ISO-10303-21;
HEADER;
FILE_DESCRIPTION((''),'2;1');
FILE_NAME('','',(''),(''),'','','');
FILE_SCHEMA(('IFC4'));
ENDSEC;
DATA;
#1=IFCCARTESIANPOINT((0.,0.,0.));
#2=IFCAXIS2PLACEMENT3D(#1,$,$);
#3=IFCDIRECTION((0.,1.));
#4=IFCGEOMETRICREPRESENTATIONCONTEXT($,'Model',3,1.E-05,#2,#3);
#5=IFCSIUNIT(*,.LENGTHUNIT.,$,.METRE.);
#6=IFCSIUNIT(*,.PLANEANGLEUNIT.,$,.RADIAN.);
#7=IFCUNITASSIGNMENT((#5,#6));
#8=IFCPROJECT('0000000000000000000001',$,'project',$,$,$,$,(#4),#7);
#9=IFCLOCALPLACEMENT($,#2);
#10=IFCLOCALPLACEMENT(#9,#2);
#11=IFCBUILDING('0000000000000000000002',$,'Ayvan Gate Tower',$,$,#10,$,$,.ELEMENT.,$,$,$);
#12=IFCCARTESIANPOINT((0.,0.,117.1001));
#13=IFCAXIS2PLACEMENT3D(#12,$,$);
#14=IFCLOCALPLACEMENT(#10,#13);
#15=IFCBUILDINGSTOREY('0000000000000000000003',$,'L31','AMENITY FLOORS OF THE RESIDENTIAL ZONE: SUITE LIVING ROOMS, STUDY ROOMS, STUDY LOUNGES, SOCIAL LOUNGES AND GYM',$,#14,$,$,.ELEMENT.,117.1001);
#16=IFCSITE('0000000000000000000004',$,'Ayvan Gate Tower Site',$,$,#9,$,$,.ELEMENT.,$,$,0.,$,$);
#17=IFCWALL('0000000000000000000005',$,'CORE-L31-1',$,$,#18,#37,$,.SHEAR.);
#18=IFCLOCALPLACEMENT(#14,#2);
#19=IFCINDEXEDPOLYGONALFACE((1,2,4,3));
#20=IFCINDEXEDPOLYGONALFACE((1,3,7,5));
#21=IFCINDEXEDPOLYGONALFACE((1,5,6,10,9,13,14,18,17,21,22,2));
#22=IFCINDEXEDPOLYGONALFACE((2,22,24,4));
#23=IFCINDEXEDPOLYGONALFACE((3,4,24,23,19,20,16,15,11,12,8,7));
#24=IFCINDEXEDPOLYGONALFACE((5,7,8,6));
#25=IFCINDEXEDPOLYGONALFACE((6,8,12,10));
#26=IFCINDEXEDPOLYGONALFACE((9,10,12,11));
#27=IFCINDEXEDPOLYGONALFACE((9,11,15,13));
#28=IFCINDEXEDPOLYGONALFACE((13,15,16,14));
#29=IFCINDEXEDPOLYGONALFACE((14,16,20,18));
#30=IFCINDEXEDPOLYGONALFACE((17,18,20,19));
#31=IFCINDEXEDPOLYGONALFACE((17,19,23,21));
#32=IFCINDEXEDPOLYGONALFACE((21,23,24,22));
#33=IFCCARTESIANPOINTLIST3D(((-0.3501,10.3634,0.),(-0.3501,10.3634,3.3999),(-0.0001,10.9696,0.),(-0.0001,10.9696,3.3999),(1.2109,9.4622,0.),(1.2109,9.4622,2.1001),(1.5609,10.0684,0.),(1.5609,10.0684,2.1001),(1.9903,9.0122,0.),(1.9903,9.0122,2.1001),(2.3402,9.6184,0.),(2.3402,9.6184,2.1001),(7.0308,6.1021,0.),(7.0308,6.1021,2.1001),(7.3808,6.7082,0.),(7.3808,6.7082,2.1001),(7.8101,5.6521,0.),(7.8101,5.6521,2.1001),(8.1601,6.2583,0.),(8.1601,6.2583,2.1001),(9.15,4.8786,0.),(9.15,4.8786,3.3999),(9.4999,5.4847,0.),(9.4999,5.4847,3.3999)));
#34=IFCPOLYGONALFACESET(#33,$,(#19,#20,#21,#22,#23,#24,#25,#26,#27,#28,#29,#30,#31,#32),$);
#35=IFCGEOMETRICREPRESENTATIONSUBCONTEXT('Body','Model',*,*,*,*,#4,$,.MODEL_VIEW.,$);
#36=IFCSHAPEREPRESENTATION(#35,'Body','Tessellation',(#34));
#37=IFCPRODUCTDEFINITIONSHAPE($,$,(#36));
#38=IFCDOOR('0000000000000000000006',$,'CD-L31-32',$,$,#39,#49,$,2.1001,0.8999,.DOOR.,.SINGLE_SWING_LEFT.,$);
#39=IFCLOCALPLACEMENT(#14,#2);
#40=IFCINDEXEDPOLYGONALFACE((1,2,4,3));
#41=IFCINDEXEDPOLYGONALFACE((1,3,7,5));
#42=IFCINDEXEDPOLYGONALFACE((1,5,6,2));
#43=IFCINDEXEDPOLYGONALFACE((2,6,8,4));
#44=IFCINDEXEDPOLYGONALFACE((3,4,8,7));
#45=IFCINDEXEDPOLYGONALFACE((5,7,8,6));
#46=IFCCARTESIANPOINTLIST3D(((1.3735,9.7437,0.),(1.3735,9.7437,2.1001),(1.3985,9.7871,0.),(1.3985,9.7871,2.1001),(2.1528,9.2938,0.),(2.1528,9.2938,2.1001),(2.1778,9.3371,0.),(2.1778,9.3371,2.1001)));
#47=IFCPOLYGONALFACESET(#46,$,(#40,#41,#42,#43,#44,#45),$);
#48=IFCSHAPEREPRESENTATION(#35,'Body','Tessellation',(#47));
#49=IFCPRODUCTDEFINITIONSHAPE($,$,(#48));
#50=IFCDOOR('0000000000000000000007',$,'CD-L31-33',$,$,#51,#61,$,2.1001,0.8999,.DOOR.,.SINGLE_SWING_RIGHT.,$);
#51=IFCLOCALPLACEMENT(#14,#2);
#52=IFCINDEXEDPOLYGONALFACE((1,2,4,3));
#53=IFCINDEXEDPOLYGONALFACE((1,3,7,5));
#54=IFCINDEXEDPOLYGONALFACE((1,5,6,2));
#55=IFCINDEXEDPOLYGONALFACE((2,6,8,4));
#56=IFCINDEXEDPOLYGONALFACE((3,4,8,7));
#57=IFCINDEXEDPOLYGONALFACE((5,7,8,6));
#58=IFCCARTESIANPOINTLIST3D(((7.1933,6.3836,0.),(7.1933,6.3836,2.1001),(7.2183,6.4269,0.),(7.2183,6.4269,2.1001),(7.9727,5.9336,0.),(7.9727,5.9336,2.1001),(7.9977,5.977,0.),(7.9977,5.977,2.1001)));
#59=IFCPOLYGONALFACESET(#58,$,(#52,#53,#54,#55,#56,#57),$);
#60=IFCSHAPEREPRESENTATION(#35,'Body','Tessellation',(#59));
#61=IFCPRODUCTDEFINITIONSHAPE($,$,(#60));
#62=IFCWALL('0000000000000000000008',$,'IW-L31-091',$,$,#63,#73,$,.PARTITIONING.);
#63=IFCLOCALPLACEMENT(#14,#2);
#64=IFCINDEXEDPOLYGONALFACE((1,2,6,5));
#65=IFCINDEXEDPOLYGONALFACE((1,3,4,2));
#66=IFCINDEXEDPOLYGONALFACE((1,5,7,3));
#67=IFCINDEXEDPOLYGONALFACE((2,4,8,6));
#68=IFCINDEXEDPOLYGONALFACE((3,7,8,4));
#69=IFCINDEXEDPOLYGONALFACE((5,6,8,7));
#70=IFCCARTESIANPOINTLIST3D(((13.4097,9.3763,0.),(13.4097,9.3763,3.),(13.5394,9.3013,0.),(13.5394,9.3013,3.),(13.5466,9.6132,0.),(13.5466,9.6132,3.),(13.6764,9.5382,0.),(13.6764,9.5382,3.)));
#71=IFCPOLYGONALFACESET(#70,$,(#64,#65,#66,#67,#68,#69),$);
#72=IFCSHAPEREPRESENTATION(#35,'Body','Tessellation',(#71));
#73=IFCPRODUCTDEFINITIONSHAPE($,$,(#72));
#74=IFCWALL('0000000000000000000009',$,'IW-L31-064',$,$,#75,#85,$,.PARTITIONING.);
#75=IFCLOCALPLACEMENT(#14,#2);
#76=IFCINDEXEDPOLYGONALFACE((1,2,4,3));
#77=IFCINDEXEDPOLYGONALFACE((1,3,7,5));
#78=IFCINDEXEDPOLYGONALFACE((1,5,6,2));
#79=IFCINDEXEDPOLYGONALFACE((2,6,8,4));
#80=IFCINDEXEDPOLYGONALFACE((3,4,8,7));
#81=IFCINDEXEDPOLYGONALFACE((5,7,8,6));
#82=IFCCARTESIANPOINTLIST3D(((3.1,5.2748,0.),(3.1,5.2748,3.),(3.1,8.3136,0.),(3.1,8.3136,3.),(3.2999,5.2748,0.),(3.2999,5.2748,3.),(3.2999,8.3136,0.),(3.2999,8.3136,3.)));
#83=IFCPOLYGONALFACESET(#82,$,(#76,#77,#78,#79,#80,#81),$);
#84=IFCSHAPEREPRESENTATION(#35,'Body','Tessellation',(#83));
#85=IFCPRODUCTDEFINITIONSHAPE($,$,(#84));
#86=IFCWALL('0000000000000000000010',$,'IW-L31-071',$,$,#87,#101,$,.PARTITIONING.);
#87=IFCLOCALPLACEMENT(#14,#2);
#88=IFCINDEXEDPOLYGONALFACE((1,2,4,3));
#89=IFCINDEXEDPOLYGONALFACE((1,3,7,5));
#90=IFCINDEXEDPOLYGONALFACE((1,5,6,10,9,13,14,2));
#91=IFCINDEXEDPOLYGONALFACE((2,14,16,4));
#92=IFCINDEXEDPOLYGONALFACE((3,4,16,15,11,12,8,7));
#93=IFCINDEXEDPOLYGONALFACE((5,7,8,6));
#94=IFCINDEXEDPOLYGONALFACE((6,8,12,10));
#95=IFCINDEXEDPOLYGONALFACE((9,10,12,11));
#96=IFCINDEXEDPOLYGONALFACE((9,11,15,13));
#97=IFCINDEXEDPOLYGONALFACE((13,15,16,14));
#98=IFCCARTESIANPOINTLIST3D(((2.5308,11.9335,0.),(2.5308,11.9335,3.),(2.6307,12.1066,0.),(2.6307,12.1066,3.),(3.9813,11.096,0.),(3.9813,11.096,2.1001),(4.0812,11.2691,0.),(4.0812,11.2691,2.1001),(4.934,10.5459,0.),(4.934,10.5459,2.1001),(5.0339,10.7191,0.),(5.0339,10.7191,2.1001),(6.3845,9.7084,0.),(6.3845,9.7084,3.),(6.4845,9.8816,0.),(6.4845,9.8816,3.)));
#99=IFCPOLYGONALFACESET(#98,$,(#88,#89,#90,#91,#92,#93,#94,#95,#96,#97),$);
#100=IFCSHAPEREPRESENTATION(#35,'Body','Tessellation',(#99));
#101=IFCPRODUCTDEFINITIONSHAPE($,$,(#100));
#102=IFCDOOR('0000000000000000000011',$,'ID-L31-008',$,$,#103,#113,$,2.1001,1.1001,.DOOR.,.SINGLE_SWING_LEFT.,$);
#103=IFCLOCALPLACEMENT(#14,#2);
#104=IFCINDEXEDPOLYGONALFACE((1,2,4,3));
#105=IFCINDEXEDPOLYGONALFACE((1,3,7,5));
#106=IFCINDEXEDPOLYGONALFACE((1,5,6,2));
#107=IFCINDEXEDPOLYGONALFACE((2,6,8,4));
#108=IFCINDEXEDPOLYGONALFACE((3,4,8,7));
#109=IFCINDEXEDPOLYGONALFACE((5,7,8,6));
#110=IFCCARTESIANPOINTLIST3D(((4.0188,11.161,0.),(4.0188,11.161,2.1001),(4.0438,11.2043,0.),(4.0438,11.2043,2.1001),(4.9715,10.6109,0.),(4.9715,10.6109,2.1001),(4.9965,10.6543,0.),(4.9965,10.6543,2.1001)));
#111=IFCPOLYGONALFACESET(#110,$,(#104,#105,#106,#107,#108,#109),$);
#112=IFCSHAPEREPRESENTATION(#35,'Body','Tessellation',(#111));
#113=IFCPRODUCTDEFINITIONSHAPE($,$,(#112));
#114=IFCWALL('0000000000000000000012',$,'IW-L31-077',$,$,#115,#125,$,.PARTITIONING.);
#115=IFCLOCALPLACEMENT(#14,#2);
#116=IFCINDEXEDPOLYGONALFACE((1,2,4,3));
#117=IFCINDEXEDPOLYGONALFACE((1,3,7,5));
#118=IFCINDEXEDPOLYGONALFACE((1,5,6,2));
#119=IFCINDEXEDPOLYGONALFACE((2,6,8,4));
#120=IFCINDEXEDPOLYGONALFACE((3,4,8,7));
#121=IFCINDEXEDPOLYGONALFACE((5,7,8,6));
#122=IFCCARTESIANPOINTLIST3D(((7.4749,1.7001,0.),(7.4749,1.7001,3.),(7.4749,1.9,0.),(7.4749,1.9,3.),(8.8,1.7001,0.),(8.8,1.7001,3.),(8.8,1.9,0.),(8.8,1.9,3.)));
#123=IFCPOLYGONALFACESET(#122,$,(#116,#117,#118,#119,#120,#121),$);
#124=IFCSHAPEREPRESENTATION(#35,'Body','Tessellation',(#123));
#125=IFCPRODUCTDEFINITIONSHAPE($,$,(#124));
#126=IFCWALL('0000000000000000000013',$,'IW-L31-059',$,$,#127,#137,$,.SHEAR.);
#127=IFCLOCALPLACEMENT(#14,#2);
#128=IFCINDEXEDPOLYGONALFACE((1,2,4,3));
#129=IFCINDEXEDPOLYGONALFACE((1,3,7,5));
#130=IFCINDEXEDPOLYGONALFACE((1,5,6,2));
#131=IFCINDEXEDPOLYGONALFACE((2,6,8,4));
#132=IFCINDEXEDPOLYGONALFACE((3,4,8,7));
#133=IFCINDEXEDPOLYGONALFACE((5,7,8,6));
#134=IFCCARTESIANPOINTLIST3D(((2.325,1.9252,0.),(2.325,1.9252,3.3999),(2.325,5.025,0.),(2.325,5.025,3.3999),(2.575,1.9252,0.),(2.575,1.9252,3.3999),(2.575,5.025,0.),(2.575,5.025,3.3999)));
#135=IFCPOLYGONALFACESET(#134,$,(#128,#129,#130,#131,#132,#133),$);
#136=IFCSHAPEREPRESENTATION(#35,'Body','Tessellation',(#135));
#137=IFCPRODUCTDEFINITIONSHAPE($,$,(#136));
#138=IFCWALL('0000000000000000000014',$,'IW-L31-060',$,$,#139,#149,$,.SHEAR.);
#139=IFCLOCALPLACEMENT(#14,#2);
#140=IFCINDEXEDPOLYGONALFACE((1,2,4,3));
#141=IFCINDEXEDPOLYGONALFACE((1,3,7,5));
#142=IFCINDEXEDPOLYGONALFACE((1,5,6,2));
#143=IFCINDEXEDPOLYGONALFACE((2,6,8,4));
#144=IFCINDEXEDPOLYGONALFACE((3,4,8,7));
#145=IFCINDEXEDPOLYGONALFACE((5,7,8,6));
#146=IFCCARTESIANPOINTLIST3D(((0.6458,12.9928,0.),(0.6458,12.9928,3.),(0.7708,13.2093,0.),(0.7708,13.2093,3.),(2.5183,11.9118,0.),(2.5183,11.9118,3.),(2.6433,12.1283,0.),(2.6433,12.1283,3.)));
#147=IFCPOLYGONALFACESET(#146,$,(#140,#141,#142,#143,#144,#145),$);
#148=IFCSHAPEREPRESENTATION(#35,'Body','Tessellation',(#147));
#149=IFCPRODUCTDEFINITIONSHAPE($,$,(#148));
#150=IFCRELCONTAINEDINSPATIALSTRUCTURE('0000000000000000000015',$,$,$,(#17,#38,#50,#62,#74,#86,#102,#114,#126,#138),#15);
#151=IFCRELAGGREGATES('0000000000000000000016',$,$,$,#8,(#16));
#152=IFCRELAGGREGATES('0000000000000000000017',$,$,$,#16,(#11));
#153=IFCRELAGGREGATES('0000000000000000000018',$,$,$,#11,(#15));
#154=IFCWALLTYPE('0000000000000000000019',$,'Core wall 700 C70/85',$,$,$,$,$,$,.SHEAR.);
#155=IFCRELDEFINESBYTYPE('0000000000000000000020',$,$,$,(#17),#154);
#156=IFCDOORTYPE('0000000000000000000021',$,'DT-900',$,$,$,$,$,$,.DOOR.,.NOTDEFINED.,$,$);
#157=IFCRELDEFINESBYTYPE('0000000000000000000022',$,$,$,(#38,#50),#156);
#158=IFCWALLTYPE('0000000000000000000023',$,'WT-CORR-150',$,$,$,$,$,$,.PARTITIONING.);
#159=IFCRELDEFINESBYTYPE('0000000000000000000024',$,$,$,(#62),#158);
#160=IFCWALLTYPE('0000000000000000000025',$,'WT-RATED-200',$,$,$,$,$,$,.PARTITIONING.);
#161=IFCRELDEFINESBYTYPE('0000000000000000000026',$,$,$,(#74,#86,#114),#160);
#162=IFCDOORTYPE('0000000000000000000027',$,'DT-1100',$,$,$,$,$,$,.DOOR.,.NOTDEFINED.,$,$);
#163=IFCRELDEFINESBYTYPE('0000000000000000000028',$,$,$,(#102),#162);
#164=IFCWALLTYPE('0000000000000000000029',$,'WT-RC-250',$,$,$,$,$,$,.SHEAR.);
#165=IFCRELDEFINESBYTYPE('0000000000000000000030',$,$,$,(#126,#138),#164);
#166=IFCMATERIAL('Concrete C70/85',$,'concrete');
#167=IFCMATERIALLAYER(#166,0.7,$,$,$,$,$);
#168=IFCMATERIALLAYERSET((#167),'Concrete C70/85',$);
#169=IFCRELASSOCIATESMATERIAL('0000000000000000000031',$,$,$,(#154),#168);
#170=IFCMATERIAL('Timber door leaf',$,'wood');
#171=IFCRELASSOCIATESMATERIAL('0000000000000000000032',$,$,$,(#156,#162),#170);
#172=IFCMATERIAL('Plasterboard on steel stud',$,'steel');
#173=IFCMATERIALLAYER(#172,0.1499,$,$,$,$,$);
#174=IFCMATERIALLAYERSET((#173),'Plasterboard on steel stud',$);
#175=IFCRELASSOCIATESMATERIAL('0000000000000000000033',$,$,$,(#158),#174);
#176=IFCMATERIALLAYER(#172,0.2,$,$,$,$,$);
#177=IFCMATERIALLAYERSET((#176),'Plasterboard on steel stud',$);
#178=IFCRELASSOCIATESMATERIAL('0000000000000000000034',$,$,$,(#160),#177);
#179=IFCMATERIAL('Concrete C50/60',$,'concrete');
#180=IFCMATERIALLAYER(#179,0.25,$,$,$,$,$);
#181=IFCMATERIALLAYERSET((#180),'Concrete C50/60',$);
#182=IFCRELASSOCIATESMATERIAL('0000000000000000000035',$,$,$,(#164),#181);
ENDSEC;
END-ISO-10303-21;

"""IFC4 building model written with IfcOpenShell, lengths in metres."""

from ifc_helpers import new_model, si_unit, direction, frame, frame_2d, origin, place, context, subcontext, project, spatial, rectangle, extrude, material, layer, layer_set, type_object, element, fill, save


model = new_model("IFC4")

# Units and contexts
model_context = context("Model", 3, precision=1e-05, world=origin(), true_north=direction((0.0, 1.0)))
body_context = subcontext(model_context, "Body", "Model", "MODEL_VIEW")
ifc_project = project(units=[si_unit("LENGTHUNIT", "METRE"), si_unit("PLANEANGLEUNIT", "RADIAN")], contexts=[model_context])

# Site, building, storey
site_placement = place(None, origin())
site = spatial("IfcSite", under=ifc_project, at=site_placement, Name="Ayvan Gate Tower Site", CompositionType="ELEMENT", RefElevation=0.0)
building_placement = place(site_placement, origin())
building = spatial("IfcBuilding", under=site, at=building_placement, Name="Ayvan Gate Tower", CompositionType="ELEMENT")
storey_placement = place(building_placement, frame((0.0, 0.0, 117.1001)))
storey = spatial("IfcBuildingStorey", under=building, at=storey_placement, Name="L31", Description="AMENITY FLOORS OF THE RESIDENTIAL ZONE: SUITE LIVING ROOMS, STUDY ROOMS, STUDY LOUNGES, SOCIAL LOUNGES AND GYM", CompositionType="ELEMENT", Elevation=117.1001)

# Wall, openings, doors
ifc_material_1 = material(Name="Concrete C70/85", Category="concrete")
ifc_layer_1 = layer(ifc_material_1, 0.7)
ifc_layer_set_1 = layer_set([ifc_layer_1], Name="Concrete C70/85")
wall_type_1 = type_object("IfcWallType", Name="Core wall 700 C70/85", PredefinedType="SHEAR", material=ifc_layer_set_1)
wall_1_placement = place(storey_placement, frame((9.325, 5.1816, 0.0), z_axis=(0.0, 0.0, 1.0), x_axis=(-0.866024, 0.500002, 0.0)))
wall_1 = element("IfcWall", 1, at=wall_1_placement, inside=storey, type_object=wall_type_1, Name="CORE-L31-1", PredefinedType="SHEAR", context=body_context, shape_type="SweptSolid", body=[
    extrude(rectangle(XDim=10.9697, YDim=0.7, at=frame_2d((5.4849, 0.0))), origin(), (0.0, 0.0, 1.0), 3.3999),
])
opening_1_placement = place(wall_1_placement, frame((8.2673, 0.0, 0.0)))
opening_1 = element("IfcOpeningElement", 2, at=opening_1_placement, cuts=wall_1, PredefinedType="OPENING", context=body_context, shape_type="SweptSolid", body=[
    extrude(rectangle(XDim=0.8999, YDim=2.1001, at=frame_2d((0.45, 1.05))), frame((0.0, 0.3599, 0.0), z_axis=(0.0, -1.0, 0.0), x_axis=(1.0, 0.0, 0.0)), (0.0, 0.0, 1.0), 0.72),
])
opening_2_placement = place(wall_1_placement, frame((1.5471, 0.0, 0.0)))
opening_2 = element("IfcOpeningElement", 3, at=opening_2_placement, cuts=wall_1, PredefinedType="OPENING", context=body_context, shape_type="SweptSolid", body=[
    extrude(rectangle(XDim=0.8999, YDim=2.1001, at=frame_2d((0.45, 1.05))), frame((0.0, 0.3599, 0.0), z_axis=(0.0, -1.0, 0.0), x_axis=(1.0, 0.0, 0.0)), (0.0, 0.0, 1.0), 0.72),
])
ifc_material_2 = material(Name="Timber door leaf", Category="wood")
door_type_1 = type_object("IfcDoorType", Name="DT-900", OperationType="NOTDEFINED", PredefinedType="DOOR", material=ifc_material_2)
door_1_placement = place(opening_1_placement, origin())
door_1 = element("IfcDoor", 4, at=door_1_placement, inside=storey, type_object=door_type_1, Name="CD-L31-32", OperationType="SINGLE_SWING_LEFT", OverallHeight=2.1001, OverallWidth=0.8999, PredefinedType="DOOR", context=body_context, shape_type="SweptSolid", body=[
    extrude(rectangle(XDim=0.8999, YDim=2.1001, at=frame_2d((0.45, 1.05))), frame((0.0, 0.0249, 0.0), z_axis=(0.0, -1.0, 0.0), x_axis=(1.0, 0.0, 0.0)), (0.0, 0.0, 1.0), 0.05),
])
fill(opening_1, door_1)
door_2_placement = place(opening_2_placement, origin())
door_2 = element("IfcDoor", 5, at=door_2_placement, inside=storey, type_object=door_type_1, Name="CD-L31-33", OperationType="SINGLE_SWING_RIGHT", OverallHeight=2.1001, OverallWidth=0.8999, PredefinedType="DOOR", context=body_context, shape_type="SweptSolid", body=[
    extrude(rectangle(XDim=0.8999, YDim=2.1001, at=frame_2d((0.45, 1.05))), frame((0.0, 0.0249, 0.0), z_axis=(0.0, -1.0, 0.0), x_axis=(1.0, 0.0, 0.0)), (0.0, 0.0, 1.0), 0.05),
])
fill(opening_2, door_2)

# Walls
ifc_material_3 = material(Name="Plasterboard on steel stud", Category="steel")
ifc_layer_2 = layer(ifc_material_3, 0.1499)
ifc_layer_set_2 = layer_set([ifc_layer_2], Name="Plasterboard on steel stud")
wall_type_2 = type_object("IfcWallType", Name="WT-CORR-150", PredefinedType="PARTITIONING", material=ifc_layer_set_2)
wall_2_placement = place(storey_placement, frame((13.4746, 9.3389, 0.0), z_axis=(0.0, 0.0, 1.0), x_axis=(0.500263, 0.865874, 0.0)))
element("IfcWall", 6, at=wall_2_placement, inside=storey, type_object=wall_type_2, Name="IW-L31-091", PredefinedType="PARTITIONING", context=body_context, shape_type="SweptSolid", body=[
    extrude(rectangle(XDim=0.2737, YDim=0.1499, at=frame_2d((0.1367, 0.0))), origin(), (0.0, 0.0, 1.0), 3.0),
])
ifc_layer_3 = layer(ifc_material_3, 0.2)
ifc_layer_set_3 = layer_set([ifc_layer_3], Name="Plasterboard on steel stud")
wall_type_3 = type_object("IfcWallType", Name="WT-RATED-200", PredefinedType="PARTITIONING", material=ifc_layer_set_3)
wall_3_placement = place(storey_placement, frame((3.2, 8.3137, 0.0), z_axis=(0.0, 0.0, 1.0), x_axis=(0.0, -1.0, 0.0)))
element("IfcWall", 7, at=wall_3_placement, inside=storey, type_object=wall_type_3, Name="IW-L31-064", PredefinedType="PARTITIONING", context=body_context, shape_type="SweptSolid", body=[
    extrude(rectangle(XDim=3.0388, YDim=0.2, at=frame_2d((1.5195, 0.0))), origin(), (0.0, 0.0, 1.0), 3.0),
])

# Wall, opening, door
wall_4_placement = place(storey_placement, frame((6.4346, 9.7949, 0.0), z_axis=(0.0, 0.0, 1.0), x_axis=(-0.866013, 0.500022, 0.0)))
wall_4 = element("IfcWall", 8, at=wall_4_placement, inside=storey, type_object=wall_type_3, Name="IW-L31-071", PredefinedType="PARTITIONING", context=body_context, shape_type="SweptSolid", body=[
    extrude(rectangle(XDim=4.45, YDim=0.2, at=frame_2d((2.2251, 0.0))), origin(), (0.0, 0.0, 1.0), 3.0),
])
opening_3_placement = place(wall_4_placement, frame((1.675, 0.0, 0.0)))
opening_3 = element("IfcOpeningElement", 9, at=opening_3_placement, cuts=wall_4, PredefinedType="OPENING", context=body_context, shape_type="SweptSolid", body=[
    extrude(rectangle(XDim=1.1001, YDim=2.1001, at=frame_2d((0.55, 1.05))), frame((0.0, 0.1099, 0.0), z_axis=(0.0, -1.0, 0.0), x_axis=(1.0, 0.0, 0.0)), (0.0, 0.0, 1.0), 0.22),
])
door_type_2 = type_object("IfcDoorType", Name="DT-1100", OperationType="NOTDEFINED", PredefinedType="DOOR", material=ifc_material_2)
door_3_placement = place(opening_3_placement, origin())
door_3 = element("IfcDoor", 10, at=door_3_placement, inside=storey, type_object=door_type_2, Name="ID-L31-008", OperationType="SINGLE_SWING_LEFT", OverallHeight=2.1001, OverallWidth=1.1001, PredefinedType="DOOR", context=body_context, shape_type="SweptSolid", body=[
    extrude(rectangle(XDim=1.1001, YDim=2.1001, at=frame_2d((0.55, 1.05))), frame((0.0, 0.0249, 0.0), z_axis=(0.0, -1.0, 0.0), x_axis=(1.0, 0.0, 0.0)), (0.0, 0.0, 1.0), 0.05),
])
fill(opening_3, door_3)

# Walls
wall_5_placement = place(storey_placement, frame((7.4749, 1.8, 0.0), z_axis=(0.0, 0.0, 1.0), x_axis=(1.0, 0.0, 0.0)))
element("IfcWall", 11, at=wall_5_placement, inside=storey, type_object=wall_type_3, Name="IW-L31-077", PredefinedType="PARTITIONING", context=body_context, shape_type="SweptSolid", body=[
    extrude(rectangle(XDim=1.3252, YDim=0.2, at=frame_2d((0.6626, 0.0))), origin(), (0.0, 0.0, 1.0), 3.0),
])
ifc_material_4 = material(Name="Concrete C50/60", Category="concrete")
ifc_layer_4 = layer(ifc_material_4, 0.25)
ifc_layer_set_4 = layer_set([ifc_layer_4], Name="Concrete C50/60")
wall_type_4 = type_object("IfcWallType", Name="WT-RC-250", PredefinedType="SHEAR", material=ifc_layer_set_4)
wall_6_placement = place(storey_placement, frame((2.45, 5.0249, 0.0), z_axis=(0.0, 0.0, 1.0), x_axis=(0.0, -1.0, 0.0)))
element("IfcWall", 12, at=wall_6_placement, inside=storey, type_object=wall_type_4, Name="IW-L31-059", PredefinedType="SHEAR", context=body_context, shape_type="SweptSolid", body=[
    extrude(rectangle(XDim=3.0999, YDim=0.25, at=frame_2d((1.5498, 0.0))), origin(), (0.0, 0.0, 1.0), 3.3999),
])
wall_7_placement = place(storey_placement, frame((2.5808, 12.02, 0.0), z_axis=(0.0, 0.0, 1.0), x_axis=(-0.866039, 0.499977, 0.0)))
element("IfcWall", 13, at=wall_7_placement, inside=storey, type_object=wall_type_4, Name="IW-L31-060", PredefinedType="SHEAR", context=body_context, shape_type="SweptSolid", body=[
    extrude(rectangle(XDim=2.1621, YDim=0.25, at=frame_2d((1.0811, 0.0))), origin(), (0.0, 0.0, 1.0), 3.0),
])

save(model, "model.ifc")
